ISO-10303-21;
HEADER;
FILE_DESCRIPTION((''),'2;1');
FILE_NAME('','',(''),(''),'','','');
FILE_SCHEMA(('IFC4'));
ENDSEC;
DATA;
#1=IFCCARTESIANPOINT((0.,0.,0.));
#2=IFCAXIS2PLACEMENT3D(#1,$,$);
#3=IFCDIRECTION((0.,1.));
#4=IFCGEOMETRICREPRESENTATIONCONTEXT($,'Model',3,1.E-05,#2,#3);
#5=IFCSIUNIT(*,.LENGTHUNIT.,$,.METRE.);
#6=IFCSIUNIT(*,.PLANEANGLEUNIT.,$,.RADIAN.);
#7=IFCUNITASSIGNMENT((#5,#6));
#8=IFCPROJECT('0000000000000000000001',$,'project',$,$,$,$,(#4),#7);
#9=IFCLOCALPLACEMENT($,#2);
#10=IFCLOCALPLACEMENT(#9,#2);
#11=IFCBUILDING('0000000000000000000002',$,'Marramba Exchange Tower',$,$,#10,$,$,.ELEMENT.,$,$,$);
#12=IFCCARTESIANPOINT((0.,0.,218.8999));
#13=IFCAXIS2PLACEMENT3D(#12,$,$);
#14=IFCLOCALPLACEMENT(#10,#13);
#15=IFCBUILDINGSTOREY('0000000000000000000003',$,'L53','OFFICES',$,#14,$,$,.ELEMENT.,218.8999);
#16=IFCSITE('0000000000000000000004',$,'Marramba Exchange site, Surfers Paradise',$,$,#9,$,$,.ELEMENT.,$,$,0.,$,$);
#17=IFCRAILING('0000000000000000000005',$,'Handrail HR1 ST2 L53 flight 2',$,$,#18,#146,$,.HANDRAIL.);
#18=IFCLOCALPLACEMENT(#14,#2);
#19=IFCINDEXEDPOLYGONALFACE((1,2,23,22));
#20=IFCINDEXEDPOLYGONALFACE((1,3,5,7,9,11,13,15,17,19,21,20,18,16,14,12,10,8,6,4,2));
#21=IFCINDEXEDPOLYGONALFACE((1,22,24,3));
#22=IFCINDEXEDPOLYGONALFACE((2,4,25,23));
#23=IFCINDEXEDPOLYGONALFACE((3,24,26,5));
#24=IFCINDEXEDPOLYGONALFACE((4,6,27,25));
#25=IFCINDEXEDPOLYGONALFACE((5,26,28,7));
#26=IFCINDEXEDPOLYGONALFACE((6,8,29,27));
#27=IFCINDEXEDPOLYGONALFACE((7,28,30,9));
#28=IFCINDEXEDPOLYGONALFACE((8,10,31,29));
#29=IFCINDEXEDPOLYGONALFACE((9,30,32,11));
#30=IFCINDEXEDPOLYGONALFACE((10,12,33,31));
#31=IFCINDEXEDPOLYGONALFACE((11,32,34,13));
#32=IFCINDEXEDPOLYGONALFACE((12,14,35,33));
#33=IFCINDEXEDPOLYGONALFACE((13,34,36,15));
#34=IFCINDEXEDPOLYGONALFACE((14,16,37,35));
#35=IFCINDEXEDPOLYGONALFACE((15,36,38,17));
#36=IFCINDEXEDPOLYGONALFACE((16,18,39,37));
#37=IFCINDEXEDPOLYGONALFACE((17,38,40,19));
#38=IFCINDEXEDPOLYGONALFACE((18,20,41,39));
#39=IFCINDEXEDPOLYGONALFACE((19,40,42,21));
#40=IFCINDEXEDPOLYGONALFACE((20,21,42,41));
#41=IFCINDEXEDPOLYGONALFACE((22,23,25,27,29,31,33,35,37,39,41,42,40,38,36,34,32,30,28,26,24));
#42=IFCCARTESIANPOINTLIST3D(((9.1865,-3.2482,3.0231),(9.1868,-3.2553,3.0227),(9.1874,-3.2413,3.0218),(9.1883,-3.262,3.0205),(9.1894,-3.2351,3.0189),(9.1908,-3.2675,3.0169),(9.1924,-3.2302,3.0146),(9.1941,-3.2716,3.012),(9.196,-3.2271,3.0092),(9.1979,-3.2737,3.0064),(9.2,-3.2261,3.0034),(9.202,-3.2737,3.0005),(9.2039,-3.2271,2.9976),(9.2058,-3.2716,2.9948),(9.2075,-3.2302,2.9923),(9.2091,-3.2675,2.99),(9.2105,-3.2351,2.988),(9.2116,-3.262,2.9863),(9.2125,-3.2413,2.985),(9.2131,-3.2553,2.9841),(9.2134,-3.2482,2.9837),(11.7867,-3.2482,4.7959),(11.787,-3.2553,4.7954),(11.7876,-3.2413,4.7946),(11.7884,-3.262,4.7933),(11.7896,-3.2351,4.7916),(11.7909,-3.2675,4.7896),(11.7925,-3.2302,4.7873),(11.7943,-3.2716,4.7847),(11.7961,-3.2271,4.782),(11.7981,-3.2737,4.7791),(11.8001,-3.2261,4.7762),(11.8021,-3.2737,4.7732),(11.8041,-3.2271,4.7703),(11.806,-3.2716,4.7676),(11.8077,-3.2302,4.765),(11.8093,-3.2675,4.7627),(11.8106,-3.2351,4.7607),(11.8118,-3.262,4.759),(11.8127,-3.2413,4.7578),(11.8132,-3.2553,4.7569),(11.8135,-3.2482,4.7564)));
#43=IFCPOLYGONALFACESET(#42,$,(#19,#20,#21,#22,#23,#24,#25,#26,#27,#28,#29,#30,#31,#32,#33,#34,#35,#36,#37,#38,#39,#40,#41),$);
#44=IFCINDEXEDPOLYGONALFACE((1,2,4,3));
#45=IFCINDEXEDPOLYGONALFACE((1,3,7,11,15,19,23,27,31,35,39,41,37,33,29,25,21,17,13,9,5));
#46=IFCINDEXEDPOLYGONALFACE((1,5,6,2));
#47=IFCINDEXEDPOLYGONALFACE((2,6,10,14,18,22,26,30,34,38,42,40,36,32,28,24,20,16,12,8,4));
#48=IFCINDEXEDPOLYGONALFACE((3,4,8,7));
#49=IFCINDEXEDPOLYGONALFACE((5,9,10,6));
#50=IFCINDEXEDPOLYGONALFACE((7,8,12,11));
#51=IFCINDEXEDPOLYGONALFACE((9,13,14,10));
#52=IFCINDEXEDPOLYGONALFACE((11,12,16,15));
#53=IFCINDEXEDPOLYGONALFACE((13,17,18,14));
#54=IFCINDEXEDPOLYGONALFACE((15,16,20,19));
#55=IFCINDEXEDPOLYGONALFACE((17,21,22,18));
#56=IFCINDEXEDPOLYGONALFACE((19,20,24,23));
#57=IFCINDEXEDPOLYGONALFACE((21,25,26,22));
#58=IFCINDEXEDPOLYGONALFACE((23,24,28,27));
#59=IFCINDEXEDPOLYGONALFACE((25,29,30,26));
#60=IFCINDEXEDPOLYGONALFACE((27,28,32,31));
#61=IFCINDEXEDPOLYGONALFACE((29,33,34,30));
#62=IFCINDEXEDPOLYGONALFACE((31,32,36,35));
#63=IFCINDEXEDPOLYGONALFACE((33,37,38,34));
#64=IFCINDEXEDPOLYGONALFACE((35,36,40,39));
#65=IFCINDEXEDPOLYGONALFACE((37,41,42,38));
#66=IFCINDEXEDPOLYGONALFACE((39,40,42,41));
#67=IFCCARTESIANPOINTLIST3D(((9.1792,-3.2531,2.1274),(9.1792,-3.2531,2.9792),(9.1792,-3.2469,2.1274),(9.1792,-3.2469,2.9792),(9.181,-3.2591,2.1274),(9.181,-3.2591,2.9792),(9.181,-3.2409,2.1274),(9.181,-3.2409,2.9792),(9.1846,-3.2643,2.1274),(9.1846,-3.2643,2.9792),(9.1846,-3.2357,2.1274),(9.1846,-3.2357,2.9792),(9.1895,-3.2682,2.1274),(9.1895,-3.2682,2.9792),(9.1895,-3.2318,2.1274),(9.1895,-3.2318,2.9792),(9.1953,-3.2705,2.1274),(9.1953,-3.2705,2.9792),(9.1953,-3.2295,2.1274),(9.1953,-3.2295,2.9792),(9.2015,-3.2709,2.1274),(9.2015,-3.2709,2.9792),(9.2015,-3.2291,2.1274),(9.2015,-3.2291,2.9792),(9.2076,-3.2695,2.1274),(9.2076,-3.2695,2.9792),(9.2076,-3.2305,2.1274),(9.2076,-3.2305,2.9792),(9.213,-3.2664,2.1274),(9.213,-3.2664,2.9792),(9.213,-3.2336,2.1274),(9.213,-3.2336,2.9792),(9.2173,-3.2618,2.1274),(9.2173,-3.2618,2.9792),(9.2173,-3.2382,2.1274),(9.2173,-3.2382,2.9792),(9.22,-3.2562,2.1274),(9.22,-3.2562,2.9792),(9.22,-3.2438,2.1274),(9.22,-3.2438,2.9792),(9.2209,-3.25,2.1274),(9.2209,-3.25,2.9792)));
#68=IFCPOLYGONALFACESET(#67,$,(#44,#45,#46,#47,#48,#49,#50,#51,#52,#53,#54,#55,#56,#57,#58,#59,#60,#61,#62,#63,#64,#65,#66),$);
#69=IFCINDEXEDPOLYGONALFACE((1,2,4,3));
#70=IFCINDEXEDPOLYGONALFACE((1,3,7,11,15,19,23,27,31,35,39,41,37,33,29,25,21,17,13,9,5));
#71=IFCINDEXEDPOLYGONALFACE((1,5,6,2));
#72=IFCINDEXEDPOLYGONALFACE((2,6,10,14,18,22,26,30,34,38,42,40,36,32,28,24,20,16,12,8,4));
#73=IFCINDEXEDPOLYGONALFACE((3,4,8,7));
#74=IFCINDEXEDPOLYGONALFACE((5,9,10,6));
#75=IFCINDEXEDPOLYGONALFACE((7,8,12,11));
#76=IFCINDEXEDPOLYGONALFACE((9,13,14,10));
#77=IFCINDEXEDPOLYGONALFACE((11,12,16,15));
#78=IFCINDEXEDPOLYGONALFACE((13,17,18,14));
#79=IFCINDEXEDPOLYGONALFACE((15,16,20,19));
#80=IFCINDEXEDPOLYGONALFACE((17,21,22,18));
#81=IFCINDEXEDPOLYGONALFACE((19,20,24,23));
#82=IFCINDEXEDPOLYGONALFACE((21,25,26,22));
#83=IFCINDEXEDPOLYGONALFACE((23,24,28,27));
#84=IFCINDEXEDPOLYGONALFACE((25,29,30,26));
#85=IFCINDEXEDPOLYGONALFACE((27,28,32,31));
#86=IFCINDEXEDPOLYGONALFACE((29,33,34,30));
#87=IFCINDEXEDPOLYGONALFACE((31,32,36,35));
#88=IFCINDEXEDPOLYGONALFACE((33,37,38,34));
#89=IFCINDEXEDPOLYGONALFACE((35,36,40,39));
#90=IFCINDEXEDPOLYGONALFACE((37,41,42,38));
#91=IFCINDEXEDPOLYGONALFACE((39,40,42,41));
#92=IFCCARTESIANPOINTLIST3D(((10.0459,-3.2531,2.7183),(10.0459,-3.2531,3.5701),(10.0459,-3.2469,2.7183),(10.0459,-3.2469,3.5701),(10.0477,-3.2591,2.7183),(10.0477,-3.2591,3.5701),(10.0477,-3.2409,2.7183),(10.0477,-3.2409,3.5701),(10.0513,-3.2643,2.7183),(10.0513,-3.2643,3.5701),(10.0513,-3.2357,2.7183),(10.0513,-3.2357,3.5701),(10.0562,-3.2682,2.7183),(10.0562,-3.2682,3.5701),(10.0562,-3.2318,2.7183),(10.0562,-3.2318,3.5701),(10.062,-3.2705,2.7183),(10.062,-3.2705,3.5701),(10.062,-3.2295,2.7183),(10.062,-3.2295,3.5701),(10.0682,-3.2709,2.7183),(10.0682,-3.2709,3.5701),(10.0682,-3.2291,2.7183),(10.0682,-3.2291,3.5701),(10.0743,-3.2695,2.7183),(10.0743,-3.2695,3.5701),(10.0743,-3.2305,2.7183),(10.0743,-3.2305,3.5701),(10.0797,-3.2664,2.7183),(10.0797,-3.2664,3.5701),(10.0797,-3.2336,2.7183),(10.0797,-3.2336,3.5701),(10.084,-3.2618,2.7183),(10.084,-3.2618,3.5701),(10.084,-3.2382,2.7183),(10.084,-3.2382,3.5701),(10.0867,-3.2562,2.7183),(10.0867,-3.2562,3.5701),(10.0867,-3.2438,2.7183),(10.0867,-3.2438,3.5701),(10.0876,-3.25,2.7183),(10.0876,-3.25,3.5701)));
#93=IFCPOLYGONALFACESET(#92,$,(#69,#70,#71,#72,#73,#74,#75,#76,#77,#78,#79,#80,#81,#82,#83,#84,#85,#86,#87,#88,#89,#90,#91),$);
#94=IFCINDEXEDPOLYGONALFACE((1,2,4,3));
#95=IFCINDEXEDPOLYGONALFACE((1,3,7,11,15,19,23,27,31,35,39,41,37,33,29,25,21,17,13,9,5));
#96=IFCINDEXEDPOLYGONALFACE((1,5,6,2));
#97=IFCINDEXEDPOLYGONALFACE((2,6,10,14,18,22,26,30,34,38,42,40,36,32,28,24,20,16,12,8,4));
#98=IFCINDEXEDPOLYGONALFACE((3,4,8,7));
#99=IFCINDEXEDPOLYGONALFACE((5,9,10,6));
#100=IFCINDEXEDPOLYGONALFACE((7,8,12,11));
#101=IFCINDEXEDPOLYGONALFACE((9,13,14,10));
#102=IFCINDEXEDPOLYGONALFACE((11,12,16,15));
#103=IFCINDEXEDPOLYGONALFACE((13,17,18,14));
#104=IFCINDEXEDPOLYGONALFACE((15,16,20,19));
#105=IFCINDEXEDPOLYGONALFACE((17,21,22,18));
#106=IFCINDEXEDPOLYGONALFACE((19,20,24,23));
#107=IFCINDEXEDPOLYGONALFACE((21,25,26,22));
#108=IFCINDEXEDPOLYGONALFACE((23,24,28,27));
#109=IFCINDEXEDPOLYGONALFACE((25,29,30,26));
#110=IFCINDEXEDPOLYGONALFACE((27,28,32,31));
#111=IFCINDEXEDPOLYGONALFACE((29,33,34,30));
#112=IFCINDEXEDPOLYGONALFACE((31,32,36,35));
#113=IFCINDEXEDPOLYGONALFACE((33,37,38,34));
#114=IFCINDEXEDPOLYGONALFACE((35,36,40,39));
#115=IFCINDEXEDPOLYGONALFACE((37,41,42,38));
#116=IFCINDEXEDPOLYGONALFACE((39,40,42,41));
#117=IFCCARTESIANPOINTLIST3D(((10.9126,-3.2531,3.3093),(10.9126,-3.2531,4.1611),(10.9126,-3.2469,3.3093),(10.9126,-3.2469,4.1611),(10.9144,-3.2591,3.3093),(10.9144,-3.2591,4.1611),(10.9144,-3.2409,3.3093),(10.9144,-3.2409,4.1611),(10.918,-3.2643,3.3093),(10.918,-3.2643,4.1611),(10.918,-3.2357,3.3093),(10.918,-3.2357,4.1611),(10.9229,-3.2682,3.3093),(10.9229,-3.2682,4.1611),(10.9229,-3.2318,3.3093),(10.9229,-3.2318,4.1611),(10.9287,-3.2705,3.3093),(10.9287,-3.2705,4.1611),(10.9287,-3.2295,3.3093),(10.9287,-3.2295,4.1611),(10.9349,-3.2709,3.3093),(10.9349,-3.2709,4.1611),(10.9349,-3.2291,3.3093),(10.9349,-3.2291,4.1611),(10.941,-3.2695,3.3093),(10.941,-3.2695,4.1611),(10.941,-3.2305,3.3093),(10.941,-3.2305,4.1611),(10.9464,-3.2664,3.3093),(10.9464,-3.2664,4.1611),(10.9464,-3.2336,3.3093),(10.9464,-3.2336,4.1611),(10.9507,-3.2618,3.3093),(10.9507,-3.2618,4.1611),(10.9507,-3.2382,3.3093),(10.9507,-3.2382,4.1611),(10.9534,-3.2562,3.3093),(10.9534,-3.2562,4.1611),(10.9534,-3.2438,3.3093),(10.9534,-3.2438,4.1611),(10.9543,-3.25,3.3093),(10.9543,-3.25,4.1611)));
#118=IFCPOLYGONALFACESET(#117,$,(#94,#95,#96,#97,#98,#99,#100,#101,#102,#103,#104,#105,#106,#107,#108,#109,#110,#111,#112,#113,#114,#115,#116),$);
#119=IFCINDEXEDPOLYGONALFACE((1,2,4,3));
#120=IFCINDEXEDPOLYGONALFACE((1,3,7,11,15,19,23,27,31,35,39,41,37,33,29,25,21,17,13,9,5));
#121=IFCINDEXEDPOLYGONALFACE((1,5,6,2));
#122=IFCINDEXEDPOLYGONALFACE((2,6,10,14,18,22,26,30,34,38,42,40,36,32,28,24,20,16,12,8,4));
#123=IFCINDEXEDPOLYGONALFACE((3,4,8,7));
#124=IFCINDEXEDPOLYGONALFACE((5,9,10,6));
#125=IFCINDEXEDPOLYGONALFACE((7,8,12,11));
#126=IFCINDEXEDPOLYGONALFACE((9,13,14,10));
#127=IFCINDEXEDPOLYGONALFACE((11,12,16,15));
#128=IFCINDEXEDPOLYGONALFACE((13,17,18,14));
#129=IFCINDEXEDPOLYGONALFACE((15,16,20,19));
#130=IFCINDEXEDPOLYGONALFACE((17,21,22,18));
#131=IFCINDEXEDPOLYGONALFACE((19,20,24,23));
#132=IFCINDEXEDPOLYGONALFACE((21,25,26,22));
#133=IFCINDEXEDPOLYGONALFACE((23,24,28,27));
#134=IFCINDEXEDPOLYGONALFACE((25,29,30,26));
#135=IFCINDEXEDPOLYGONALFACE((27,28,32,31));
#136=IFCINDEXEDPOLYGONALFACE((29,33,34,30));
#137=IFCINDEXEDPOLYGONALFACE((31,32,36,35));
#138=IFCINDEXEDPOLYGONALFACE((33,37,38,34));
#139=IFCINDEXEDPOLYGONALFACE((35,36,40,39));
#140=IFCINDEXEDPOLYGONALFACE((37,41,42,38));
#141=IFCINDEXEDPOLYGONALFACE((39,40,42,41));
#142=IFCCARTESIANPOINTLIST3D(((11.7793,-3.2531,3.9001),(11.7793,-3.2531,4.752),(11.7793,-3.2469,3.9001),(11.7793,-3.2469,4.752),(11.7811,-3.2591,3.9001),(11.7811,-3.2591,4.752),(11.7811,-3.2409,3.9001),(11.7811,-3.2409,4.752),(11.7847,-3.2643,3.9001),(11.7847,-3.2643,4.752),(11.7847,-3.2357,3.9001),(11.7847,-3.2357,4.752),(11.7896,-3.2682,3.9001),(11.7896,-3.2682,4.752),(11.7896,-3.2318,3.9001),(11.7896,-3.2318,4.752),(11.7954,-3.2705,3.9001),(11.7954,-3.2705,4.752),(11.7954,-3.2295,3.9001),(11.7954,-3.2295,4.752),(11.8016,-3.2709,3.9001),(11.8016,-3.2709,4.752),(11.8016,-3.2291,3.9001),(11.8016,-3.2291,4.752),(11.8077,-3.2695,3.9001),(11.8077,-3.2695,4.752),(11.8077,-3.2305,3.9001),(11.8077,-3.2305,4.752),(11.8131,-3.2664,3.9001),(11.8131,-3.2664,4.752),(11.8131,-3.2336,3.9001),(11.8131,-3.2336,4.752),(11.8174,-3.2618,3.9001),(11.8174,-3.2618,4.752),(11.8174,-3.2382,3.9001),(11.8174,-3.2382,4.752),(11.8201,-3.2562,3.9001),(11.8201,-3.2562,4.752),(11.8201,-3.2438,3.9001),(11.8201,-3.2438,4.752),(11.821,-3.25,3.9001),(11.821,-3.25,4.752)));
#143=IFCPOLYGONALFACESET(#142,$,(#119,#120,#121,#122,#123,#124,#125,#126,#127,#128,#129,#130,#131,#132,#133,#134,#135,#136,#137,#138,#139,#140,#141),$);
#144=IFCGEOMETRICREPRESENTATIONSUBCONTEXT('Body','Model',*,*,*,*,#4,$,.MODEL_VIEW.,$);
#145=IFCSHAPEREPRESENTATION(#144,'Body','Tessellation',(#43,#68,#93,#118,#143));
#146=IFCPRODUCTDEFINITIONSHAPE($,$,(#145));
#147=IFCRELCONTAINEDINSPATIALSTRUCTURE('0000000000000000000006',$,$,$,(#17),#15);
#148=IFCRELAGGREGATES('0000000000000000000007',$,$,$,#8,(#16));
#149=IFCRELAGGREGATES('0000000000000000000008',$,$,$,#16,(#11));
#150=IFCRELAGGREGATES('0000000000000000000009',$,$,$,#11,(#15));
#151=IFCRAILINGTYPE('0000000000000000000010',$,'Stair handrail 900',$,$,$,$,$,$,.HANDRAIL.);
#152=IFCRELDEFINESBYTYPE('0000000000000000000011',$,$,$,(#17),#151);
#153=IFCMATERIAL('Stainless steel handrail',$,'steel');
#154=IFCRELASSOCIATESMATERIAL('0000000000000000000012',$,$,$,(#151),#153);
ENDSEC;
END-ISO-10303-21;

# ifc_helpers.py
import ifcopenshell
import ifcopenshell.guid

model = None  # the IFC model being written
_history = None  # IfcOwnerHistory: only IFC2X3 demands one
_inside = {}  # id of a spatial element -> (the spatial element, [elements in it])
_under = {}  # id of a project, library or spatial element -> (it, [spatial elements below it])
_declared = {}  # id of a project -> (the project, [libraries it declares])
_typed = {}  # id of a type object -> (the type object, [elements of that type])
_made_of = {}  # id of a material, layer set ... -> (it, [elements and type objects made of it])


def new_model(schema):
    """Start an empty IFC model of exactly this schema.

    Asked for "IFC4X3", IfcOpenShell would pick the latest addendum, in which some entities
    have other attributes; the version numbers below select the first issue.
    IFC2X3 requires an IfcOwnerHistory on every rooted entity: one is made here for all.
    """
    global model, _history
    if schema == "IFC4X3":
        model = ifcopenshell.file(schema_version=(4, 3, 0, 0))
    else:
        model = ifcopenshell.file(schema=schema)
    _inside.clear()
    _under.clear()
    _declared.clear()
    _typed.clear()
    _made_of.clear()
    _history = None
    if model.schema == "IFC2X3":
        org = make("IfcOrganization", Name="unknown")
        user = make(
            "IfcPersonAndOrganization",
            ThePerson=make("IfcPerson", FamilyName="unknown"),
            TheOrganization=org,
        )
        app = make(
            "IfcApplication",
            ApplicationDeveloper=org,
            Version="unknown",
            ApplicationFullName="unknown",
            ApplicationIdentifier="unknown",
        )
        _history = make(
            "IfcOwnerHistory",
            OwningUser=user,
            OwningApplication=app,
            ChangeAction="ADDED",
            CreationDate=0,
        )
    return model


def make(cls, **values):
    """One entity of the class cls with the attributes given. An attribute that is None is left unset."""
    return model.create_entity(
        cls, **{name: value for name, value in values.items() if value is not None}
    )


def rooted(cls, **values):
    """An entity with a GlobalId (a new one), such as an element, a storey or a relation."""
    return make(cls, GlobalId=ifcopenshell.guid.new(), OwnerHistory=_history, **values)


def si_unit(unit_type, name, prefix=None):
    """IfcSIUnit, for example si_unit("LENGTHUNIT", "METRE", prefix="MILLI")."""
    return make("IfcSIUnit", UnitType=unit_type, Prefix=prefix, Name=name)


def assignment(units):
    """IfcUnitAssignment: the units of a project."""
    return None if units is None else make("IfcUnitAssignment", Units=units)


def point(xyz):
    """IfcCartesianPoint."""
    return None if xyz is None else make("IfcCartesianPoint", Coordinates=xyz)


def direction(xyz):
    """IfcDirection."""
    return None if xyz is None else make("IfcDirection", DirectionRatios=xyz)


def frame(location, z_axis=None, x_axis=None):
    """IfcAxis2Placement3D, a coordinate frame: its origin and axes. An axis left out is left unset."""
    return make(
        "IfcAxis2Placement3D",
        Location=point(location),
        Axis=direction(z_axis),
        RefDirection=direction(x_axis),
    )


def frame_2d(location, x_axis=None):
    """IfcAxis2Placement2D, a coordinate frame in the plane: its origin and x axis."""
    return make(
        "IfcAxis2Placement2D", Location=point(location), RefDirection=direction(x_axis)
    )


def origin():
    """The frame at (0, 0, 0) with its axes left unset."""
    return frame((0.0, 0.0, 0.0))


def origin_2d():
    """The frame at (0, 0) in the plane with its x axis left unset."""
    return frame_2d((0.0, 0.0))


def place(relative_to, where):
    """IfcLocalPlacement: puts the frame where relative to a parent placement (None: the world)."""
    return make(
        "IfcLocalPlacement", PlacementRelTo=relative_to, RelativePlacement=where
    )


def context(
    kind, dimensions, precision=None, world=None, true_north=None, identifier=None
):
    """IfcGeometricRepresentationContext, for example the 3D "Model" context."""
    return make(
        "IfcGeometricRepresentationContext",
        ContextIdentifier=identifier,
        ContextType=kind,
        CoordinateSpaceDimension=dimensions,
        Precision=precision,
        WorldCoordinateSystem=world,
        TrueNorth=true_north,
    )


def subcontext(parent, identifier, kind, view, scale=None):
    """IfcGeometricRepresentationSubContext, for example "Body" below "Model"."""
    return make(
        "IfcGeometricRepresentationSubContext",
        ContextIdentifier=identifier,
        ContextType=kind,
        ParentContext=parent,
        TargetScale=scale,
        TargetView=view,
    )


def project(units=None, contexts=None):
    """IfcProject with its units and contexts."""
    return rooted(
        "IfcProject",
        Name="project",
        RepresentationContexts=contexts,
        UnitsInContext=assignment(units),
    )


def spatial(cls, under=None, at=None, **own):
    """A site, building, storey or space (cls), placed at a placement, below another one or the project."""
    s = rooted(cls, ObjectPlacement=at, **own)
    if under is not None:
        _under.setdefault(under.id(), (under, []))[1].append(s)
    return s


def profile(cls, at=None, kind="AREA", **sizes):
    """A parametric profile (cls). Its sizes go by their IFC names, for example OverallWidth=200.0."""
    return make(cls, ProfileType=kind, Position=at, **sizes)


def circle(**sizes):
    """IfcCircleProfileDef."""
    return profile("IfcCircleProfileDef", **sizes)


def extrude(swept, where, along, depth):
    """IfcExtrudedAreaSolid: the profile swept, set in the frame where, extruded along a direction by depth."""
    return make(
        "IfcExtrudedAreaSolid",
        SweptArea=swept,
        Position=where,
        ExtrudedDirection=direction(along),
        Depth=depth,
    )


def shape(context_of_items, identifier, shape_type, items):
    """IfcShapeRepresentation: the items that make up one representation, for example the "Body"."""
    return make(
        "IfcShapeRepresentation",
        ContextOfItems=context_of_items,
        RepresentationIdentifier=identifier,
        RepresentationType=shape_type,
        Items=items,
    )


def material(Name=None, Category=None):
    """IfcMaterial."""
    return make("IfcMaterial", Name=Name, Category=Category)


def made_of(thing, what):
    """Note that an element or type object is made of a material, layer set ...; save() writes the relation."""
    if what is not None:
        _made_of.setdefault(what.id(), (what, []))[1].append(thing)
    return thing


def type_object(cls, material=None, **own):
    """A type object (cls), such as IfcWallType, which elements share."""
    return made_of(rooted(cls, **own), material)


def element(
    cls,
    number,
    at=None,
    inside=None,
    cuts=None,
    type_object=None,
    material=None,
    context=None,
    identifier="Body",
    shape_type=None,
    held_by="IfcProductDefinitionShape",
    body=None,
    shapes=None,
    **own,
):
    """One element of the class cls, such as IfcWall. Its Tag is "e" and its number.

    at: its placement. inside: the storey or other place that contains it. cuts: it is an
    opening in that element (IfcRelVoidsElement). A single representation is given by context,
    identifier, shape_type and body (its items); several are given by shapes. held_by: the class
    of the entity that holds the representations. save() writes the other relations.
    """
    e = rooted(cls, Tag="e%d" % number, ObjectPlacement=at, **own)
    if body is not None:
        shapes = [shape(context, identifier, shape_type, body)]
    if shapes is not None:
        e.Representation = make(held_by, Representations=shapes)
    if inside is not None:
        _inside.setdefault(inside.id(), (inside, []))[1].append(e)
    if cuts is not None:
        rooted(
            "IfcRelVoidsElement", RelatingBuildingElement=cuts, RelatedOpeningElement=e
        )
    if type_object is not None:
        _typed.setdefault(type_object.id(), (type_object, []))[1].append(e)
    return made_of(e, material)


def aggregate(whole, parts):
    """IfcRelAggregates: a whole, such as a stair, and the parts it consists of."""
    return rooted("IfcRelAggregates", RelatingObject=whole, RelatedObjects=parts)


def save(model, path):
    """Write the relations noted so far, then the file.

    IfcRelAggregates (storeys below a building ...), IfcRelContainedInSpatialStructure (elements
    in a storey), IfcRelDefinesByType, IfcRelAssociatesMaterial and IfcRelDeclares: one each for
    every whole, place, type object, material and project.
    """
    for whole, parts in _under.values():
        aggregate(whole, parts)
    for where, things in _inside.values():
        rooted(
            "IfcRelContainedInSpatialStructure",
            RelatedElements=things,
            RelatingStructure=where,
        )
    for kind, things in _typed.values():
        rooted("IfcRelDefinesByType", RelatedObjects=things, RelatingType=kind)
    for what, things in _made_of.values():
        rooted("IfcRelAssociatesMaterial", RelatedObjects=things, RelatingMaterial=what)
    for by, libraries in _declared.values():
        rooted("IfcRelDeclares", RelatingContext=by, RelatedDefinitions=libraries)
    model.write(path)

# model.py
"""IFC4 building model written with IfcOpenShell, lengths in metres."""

from ifc_helpers import new_model, si_unit, direction, frame, origin, origin_2d, place, context, subcontext, project, spatial, circle, extrude, material, type_object, element, save


model = new_model("IFC4")

# Units and contexts
model_context = context("Model", 3, precision=1e-05, world=origin(), true_north=direction((0.0, 1.0)))
body_context = subcontext(model_context, "Body", "Model", "MODEL_VIEW")
ifc_project = project(units=[si_unit("LENGTHUNIT", "METRE"), si_unit("PLANEANGLEUNIT", "RADIAN")], contexts=[model_context])

# Site, building, storey
site_placement = place(None, origin())
site = spatial("IfcSite", under=ifc_project, at=site_placement, Name="Marramba Exchange site, Surfers Paradise", CompositionType="ELEMENT", RefElevation=0.0)
building_placement = place(site_placement, origin())
building = spatial("IfcBuilding", under=site, at=building_placement, Name="Marramba Exchange Tower", CompositionType="ELEMENT")
storey_placement = place(building_placement, frame((0.0, 0.0, 218.8999)))
storey = spatial("IfcBuildingStorey", under=building, at=storey_placement, Name="L53", Description="OFFICES", CompositionType="ELEMENT", Elevation=218.8999)

# Railing
ifc_material_1 = material(Name="Stainless steel handrail", Category="steel")
railing_type = type_object("IfcRailingType", Name="Stair handrail 900", PredefinedType="HANDRAIL", material=ifc_material_1)
railing_placement = place(storey_placement, frame((9.2, -3.25, 2.1274)))
element("IfcRailing", 1, at=railing_placement, inside=storey, type_object=railing_type, Name="Handrail HR1 ST2 L53 flight 2", PredefinedType="HANDRAIL", context=body_context, shape_type="SweptSolid", body=[
    extrude(circle(Radius=0.0239, at=origin_2d()), frame((0.0, 0.0, 0.876), z_axis=(0.82624, 0.0, 0.563318), x_axis=(0.0, 1.0, 0.0)), (0.0, 0.0, 1.0), 3.147),
    extrude(circle(Radius=0.021, at=origin_2d()), origin(), (0.0, 0.0, 1.0), 0.8518),
    extrude(circle(Radius=0.021, at=origin_2d()), frame((0.8667, 0.0, 0.5908)), (0.0, 0.0, 1.0), 0.8518),
    extrude(circle(Radius=0.021, at=origin_2d()), frame((1.7334, 0.0, 1.1819)), (0.0, 0.0, 1.0), 0.8518),
    extrude(circle(Radius=0.021, at=origin_2d()), frame((2.6001, 0.0, 1.7727)), (0.0, 0.0, 1.0), 0.8518),
])

save(model, "model.ifc")
